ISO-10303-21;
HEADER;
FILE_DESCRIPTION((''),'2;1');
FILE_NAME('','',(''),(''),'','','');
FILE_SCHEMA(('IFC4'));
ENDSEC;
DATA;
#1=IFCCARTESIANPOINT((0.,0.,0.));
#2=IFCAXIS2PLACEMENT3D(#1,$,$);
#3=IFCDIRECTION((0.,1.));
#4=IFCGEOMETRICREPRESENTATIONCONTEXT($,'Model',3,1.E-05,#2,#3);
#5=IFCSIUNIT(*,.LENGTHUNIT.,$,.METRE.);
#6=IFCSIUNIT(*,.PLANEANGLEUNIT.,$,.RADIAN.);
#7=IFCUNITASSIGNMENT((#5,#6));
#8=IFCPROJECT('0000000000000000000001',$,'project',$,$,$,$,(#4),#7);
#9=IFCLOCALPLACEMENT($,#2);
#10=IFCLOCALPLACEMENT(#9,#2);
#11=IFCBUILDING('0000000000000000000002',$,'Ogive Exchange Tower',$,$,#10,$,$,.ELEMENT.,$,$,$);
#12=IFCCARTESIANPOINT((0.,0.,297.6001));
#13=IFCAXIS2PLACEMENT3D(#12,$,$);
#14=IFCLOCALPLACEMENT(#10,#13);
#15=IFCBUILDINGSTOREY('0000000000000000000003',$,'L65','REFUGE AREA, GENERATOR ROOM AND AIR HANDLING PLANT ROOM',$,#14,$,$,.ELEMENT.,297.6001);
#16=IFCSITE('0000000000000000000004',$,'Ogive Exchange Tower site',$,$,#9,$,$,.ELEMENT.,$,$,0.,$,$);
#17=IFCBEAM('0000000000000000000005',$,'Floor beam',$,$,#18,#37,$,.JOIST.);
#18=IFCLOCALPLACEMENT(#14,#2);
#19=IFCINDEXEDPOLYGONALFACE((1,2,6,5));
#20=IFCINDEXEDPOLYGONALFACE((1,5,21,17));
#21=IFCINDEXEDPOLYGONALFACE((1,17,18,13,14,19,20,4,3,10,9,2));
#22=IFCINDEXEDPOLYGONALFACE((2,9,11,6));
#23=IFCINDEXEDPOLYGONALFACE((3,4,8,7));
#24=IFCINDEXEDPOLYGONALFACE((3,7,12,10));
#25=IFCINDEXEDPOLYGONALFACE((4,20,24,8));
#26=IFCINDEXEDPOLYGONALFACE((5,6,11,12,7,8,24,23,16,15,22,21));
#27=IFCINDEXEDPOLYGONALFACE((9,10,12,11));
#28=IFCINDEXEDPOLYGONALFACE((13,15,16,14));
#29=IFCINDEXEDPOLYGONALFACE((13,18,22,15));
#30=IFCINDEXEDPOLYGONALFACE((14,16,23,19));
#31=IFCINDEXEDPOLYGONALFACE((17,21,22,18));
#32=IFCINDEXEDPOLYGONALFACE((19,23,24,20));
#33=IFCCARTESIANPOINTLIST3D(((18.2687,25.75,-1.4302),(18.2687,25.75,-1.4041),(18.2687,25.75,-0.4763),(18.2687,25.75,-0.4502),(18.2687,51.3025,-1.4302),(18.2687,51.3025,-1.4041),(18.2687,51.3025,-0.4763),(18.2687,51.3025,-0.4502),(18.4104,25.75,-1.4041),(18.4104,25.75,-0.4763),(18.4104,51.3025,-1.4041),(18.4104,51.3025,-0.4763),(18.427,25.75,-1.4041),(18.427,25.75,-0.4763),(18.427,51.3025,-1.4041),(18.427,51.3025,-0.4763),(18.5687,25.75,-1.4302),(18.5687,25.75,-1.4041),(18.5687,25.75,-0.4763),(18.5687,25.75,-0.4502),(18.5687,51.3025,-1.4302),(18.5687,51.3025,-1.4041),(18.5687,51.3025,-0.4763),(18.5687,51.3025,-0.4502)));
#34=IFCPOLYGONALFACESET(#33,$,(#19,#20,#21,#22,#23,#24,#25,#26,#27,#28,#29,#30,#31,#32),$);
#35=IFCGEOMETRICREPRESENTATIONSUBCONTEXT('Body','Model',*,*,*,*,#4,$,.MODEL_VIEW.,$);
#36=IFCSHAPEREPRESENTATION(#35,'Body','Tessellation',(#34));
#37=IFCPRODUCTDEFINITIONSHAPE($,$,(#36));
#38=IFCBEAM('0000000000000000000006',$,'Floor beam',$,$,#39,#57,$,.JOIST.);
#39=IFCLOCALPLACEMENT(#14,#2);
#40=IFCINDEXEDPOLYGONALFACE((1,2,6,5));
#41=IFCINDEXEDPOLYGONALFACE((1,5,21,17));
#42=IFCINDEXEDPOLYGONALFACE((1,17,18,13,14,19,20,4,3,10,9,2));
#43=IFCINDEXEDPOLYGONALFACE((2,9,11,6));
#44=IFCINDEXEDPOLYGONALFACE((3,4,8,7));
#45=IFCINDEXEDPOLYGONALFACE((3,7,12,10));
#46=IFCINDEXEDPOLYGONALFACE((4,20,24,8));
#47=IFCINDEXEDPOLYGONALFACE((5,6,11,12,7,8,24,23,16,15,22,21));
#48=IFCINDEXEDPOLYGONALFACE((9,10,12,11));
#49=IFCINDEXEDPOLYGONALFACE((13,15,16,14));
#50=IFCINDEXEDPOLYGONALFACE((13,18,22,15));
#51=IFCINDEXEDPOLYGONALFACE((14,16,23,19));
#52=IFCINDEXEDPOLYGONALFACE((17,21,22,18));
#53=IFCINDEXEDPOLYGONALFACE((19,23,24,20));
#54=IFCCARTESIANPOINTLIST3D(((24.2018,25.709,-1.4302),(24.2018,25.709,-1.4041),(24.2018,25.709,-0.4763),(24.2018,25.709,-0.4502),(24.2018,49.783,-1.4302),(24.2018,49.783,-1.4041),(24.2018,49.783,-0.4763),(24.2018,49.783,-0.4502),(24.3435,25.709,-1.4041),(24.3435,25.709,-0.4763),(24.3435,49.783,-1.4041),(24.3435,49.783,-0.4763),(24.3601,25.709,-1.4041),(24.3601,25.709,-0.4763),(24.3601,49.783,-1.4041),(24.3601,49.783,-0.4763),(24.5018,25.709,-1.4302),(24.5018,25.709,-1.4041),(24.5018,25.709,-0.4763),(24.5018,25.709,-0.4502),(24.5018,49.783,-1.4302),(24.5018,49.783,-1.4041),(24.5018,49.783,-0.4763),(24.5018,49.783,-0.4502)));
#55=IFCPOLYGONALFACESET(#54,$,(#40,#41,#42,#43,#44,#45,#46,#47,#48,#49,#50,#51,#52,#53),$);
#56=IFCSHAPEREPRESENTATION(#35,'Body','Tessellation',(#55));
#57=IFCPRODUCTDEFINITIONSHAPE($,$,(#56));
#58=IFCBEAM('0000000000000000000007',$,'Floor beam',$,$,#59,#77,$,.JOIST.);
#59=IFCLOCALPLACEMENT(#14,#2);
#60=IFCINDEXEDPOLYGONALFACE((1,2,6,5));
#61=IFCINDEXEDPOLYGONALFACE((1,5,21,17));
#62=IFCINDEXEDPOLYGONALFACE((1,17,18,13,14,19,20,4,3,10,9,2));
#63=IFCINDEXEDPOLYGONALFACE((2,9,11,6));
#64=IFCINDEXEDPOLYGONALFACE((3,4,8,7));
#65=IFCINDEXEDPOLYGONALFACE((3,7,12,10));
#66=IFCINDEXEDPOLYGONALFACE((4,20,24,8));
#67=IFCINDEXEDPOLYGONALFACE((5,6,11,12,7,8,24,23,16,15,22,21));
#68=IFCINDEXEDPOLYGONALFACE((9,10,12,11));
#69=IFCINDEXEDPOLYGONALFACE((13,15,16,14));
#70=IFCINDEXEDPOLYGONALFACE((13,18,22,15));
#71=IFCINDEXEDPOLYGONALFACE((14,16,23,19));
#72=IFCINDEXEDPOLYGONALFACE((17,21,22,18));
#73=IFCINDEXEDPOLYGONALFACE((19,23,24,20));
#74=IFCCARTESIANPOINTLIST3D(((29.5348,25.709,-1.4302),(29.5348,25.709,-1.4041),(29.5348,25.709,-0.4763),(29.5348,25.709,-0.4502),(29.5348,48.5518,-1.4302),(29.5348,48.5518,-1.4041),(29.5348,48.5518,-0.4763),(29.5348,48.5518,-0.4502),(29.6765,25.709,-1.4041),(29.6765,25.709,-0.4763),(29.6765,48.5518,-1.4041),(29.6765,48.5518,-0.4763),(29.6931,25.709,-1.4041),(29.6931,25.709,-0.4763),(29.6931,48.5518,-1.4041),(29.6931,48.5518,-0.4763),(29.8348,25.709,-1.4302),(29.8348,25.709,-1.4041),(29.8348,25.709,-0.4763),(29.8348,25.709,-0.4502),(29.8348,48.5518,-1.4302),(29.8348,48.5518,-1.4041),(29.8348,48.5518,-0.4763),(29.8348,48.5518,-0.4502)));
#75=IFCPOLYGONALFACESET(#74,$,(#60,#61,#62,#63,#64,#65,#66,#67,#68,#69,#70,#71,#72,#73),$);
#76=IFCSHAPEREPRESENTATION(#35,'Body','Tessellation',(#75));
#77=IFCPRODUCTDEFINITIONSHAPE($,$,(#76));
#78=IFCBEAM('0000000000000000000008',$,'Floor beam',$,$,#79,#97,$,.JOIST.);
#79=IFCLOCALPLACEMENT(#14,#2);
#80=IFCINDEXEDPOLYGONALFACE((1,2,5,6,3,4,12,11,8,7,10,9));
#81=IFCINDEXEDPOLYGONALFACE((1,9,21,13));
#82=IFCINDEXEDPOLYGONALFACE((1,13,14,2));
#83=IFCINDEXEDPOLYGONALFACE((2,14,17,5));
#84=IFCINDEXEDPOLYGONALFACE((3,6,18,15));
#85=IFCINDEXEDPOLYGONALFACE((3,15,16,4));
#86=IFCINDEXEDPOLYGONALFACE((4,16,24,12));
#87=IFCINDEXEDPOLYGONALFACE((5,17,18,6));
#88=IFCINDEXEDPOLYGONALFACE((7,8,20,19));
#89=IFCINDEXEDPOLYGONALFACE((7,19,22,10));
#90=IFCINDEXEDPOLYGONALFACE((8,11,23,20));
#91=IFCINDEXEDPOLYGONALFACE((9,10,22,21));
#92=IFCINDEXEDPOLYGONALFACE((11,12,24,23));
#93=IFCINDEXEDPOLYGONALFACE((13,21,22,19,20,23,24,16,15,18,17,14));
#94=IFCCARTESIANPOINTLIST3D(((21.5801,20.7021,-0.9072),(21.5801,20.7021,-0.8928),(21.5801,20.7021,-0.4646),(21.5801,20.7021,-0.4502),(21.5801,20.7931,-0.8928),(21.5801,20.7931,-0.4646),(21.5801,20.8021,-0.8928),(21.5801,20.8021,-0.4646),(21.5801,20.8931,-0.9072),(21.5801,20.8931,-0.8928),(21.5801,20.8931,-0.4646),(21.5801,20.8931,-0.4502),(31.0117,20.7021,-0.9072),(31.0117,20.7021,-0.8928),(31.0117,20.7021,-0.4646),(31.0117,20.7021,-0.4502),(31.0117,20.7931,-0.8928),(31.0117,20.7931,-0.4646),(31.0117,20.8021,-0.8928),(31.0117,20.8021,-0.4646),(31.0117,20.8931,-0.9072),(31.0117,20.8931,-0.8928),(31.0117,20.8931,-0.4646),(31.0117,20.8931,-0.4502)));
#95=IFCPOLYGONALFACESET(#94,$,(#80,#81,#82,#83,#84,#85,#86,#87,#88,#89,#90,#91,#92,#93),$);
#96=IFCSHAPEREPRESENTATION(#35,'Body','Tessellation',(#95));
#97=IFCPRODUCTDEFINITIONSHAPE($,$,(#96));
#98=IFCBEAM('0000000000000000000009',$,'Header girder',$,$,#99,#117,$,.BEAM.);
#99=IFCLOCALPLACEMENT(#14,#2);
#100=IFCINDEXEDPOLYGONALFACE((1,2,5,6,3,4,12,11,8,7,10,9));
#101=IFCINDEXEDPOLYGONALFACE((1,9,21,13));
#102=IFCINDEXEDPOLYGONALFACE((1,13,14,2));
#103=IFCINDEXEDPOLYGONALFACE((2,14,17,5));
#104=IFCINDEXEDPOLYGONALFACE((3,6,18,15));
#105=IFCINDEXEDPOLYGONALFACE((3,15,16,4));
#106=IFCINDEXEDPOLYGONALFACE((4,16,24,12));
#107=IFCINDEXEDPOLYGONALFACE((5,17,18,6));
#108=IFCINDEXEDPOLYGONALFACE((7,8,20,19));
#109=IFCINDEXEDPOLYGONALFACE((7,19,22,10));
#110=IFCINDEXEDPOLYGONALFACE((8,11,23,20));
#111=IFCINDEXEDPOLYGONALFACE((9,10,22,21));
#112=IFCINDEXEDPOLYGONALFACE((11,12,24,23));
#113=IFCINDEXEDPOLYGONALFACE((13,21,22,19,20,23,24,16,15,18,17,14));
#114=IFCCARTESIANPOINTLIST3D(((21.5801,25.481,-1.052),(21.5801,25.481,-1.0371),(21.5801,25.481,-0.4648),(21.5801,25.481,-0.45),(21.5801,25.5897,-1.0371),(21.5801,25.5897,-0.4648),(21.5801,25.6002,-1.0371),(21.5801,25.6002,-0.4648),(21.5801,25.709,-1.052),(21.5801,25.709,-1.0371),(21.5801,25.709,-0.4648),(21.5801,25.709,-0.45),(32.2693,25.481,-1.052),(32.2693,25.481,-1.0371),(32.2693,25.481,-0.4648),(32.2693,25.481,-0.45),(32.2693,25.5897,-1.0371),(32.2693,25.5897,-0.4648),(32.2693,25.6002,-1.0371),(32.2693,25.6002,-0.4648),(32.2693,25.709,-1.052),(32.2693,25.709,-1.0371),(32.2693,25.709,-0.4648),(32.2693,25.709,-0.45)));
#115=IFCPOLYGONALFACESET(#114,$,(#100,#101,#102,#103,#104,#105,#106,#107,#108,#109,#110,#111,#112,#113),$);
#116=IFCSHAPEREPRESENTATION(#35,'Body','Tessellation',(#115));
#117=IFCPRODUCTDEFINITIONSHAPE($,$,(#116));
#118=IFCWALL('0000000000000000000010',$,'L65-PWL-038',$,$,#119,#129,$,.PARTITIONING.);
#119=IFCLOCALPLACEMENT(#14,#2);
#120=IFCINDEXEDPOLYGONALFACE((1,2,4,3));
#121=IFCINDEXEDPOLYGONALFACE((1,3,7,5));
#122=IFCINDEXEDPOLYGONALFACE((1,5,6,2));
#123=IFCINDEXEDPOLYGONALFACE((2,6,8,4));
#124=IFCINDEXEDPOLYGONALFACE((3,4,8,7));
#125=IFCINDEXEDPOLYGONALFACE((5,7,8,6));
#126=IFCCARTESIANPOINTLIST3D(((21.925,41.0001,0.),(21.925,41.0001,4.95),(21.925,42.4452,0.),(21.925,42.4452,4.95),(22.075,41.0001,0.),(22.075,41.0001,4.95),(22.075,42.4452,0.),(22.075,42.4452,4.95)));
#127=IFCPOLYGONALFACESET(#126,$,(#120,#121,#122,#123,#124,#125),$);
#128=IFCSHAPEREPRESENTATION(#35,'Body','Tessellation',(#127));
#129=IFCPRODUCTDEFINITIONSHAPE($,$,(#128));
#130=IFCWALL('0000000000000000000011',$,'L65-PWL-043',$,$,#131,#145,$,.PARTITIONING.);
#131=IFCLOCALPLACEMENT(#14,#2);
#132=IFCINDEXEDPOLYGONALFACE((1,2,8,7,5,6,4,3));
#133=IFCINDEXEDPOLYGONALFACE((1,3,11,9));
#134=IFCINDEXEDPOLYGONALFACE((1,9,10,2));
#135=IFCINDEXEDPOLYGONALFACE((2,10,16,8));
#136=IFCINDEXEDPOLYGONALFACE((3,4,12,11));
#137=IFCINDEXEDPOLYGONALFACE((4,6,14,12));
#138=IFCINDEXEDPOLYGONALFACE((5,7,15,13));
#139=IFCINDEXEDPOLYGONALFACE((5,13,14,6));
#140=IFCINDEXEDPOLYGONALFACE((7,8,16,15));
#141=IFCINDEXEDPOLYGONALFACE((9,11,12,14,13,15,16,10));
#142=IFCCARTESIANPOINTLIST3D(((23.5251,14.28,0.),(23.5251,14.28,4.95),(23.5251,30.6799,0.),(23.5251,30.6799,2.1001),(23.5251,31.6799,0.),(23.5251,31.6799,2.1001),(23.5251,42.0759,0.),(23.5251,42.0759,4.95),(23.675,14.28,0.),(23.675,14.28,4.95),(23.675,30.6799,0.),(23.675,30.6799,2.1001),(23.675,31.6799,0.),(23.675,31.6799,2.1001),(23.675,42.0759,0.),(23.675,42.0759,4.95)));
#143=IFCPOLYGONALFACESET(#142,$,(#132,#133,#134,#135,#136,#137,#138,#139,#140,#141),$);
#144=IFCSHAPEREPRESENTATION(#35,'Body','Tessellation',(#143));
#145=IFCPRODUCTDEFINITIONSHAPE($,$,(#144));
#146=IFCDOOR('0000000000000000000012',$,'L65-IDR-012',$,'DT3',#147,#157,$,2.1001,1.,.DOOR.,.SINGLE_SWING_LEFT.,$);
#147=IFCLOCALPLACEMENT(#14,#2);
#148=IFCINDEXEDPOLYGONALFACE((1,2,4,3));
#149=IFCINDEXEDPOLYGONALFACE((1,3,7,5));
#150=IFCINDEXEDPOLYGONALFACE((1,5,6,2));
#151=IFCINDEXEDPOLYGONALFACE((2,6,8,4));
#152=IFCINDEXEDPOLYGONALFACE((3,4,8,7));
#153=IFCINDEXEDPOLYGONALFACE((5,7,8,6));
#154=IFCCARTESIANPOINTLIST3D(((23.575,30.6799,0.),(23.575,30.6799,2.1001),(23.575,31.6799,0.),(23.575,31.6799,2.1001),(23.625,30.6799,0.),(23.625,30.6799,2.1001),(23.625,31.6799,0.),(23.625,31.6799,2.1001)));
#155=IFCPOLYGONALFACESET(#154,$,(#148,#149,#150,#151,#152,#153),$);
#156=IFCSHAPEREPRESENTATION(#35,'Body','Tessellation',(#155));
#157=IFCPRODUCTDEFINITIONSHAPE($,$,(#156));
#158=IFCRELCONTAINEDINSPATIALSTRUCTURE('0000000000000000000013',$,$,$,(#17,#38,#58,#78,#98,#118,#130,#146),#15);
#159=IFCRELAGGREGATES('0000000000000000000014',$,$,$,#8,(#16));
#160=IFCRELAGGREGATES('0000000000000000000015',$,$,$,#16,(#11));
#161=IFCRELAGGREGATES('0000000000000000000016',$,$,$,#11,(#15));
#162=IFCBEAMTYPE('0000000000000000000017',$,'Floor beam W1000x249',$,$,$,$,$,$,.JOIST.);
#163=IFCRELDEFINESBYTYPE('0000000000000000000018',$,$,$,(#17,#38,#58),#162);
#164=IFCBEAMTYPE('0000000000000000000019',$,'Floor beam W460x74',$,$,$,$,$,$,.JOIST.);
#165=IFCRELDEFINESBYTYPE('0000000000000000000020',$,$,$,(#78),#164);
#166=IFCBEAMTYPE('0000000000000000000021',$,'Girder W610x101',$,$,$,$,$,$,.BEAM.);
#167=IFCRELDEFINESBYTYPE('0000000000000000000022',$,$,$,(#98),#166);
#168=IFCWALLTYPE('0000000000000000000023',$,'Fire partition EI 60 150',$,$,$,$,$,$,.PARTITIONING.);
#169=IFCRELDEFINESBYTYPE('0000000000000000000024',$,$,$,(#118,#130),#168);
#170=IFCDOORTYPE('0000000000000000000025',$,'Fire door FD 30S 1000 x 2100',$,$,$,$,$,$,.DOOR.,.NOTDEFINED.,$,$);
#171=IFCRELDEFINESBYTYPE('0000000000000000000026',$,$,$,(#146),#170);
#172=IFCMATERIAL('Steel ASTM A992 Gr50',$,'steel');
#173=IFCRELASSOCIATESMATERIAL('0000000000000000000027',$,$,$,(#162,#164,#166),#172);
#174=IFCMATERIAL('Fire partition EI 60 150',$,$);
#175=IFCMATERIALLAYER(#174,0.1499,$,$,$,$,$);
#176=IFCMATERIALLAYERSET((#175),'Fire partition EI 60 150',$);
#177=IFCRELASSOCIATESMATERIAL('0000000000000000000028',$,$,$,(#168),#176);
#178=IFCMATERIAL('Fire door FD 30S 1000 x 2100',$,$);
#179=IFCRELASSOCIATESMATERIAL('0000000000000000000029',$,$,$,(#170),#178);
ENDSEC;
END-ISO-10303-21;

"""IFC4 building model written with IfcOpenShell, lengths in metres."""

from ifc_helpers import new_model, si_unit, direction, frame, frame_2d, origin, origin_2d, place, context, subcontext, project, spatial, rectangle, i_section, extrude, material, layer, layer_set, material_profile, profile_set, type_object, element, fill, save


model = new_model("IFC4")

# Units and contexts
model_context = context("Model", 3, precision=1e-05, world=origin(), true_north=direction((0.0, 1.0)))
body_context = subcontext(model_context, "Body", "Model", "MODEL_VIEW")
ifc_project = project(units=[si_unit("LENGTHUNIT", "METRE"), si_unit("PLANEANGLEUNIT", "RADIAN")], contexts=[model_context])

# Site, building, storey
site_placement = place(None, origin())
site = spatial("IfcSite", under=ifc_project, at=site_placement, Name="Ogive Exchange Tower site", CompositionType="ELEMENT", RefElevation=0.0)
building_placement = place(site_placement, origin())
building = spatial("IfcBuilding", under=site, at=building_placement, Name="Ogive Exchange Tower", CompositionType="ELEMENT")
storey_placement = place(building_placement, frame((0.0, 0.0, 297.6001)))
storey = spatial("IfcBuildingStorey", under=building, at=storey_placement, Name="L65", Description="REFUGE AREA, GENERATOR ROOM AND AIR HANDLING PLANT ROOM", CompositionType="ELEMENT", Elevation=297.6001)

# Beams
ifc_material_1 = material(Name="Steel ASTM A992 Gr50", Category="steel")
ifc_material_profile_1 = material_profile(ifc_material_1, i_section(OverallWidth=0.3, OverallDepth=0.98, WebThickness=0.0166, FlangeThickness=0.0261, at=origin_2d()), Name="W1000x249")
ifc_profile_set_1 = profile_set([ifc_material_profile_1], Name="Steel ASTM A992 Gr50")
beam_type_1 = type_object("IfcBeamType", Name="Floor beam W1000x249", PredefinedType="JOIST", material=ifc_profile_set_1)
beam_1_placement = place(storey_placement, frame((18.4187, 25.75, -0.9402), z_axis=(0.0, 1.0, 0.0), x_axis=(-1.0, 0.0, 0.0)))
element("IfcBeam", 1, at=beam_1_placement, inside=storey, type_object=beam_type_1, Name="Floor beam", PredefinedType="JOIST", context=body_context, shape_type="SweptSolid", body=[
    extrude(i_section(OverallWidth=0.3, OverallDepth=0.98, WebThickness=0.0166, FlangeThickness=0.0261, at=origin_2d()), origin(), (0.0, 0.0, 1.0), 25.5525),
])
beam_2_placement = place(storey_placement, frame((24.3518, 25.709, -0.9402), z_axis=(0.0, 1.0, 0.0), x_axis=(-1.0, 0.0, 0.0)))
element("IfcBeam", 2, at=beam_2_placement, inside=storey, type_object=beam_type_1, Name="Floor beam", PredefinedType="JOIST", context=body_context, shape_type="SweptSolid", body=[
    extrude(i_section(OverallWidth=0.3, OverallDepth=0.98, WebThickness=0.0166, FlangeThickness=0.0261, at=origin_2d()), origin(), (0.0, 0.0, 1.0), 24.074),
])
beam_3_placement = place(storey_placement, frame((29.6848, 25.709, -0.9402), z_axis=(0.0, 1.0, 0.0), x_axis=(-1.0, 0.0, 0.0)))
element("IfcBeam", 3, at=beam_3_placement, inside=storey, type_object=beam_type_1, Name="Floor beam", PredefinedType="JOIST", context=body_context, shape_type="SweptSolid", body=[
    extrude(i_section(OverallWidth=0.3, OverallDepth=0.98, WebThickness=0.0166, FlangeThickness=0.0261, at=origin_2d()), origin(), (0.0, 0.0, 1.0), 22.8428),
])
ifc_material_profile_2 = material_profile(ifc_material_1, i_section(OverallWidth=0.1909, OverallDepth=0.457, WebThickness=0.009, FlangeThickness=0.0144, at=origin_2d()), Name="W460x74")
ifc_profile_set_2 = profile_set([ifc_material_profile_2], Name="Steel ASTM A992 Gr50")
beam_type_2 = type_object("IfcBeamType", Name="Floor beam W460x74", PredefinedType="JOIST", material=ifc_profile_set_2)
beam_4_placement = place(storey_placement, frame((21.5801, 20.7976, -0.6787), z_axis=(1.0, 0.0, 0.0), x_axis=(0.0, 1.0, 0.0)))
element("IfcBeam", 4, at=beam_4_placement, inside=storey, type_object=beam_type_2, Name="Floor beam", PredefinedType="JOIST", context=body_context, shape_type="SweptSolid", body=[
    extrude(i_section(OverallWidth=0.1909, OverallDepth=0.457, WebThickness=0.009, FlangeThickness=0.0144, at=origin_2d()), origin(), (0.0, 0.0, 1.0), 9.4316),
])
ifc_material_profile_3 = material_profile(ifc_material_1, i_section(OverallWidth=0.228, OverallDepth=0.6021, WebThickness=0.0105, FlangeThickness=0.0149, at=origin_2d()), Name="W610x101")
ifc_profile_set_3 = profile_set([ifc_material_profile_3], Name="Steel ASTM A992 Gr50")
beam_type_3 = type_object("IfcBeamType", Name="Girder W610x101", PredefinedType="BEAM", material=ifc_profile_set_3)
beam_5_placement = place(storey_placement, frame((21.5801, 25.595, -0.751), z_axis=(1.0, 0.0, 0.0), x_axis=(0.0, 1.0, 0.0)))
element("IfcBeam", 5, at=beam_5_placement, inside=storey, type_object=beam_type_3, Name="Header girder", PredefinedType="BEAM", context=body_context, shape_type="SweptSolid", body=[
    extrude(i_section(OverallWidth=0.228, OverallDepth=0.6021, WebThickness=0.0105, FlangeThickness=0.0149, at=origin_2d()), origin(), (0.0, 0.0, 1.0), 10.6892),
])

# Wall
ifc_material_2 = material(Name="Fire partition EI 60 150")
ifc_layer_1 = layer(ifc_material_2, 0.1499)
ifc_layer_set_1 = layer_set([ifc_layer_1], Name="Fire partition EI 60 150")
wall_type_1 = type_object("IfcWallType", Name="Fire partition EI 60 150", PredefinedType="PARTITIONING", material=ifc_layer_set_1)
wall_1_placement = place(storey_placement, frame((22.0, 41.0, 0.0), z_axis=(0.0, 0.0, 1.0), x_axis=(0.0, 1.0, 0.0)))
element("IfcWall", 6, at=wall_1_placement, inside=storey, type_object=wall_type_1, Name="L65-PWL-038", PredefinedType="PARTITIONING", context=body_context, shape_type="SweptSolid", body=[
    extrude(rectangle(XDim=1.4451, YDim=0.1499, at=frame_2d((0.7227, 0.0))), origin(), (0.0, 0.0, 1.0), 4.95),
])

# Wall, opening, door
wall_2_placement = place(storey_placement, frame((23.6001, 42.0759, 0.0), z_axis=(0.0, 0.0, 1.0), x_axis=(0.0, -1.0, 0.0)))
wall_2 = element("IfcWall", 7, at=wall_2_placement, inside=storey, type_object=wall_type_1, Name="L65-PWL-043", PredefinedType="PARTITIONING", context=body_context, shape_type="SweptSolid", body=[
    extrude(rectangle(XDim=27.7959, YDim=0.1499, at=frame_2d((13.8979, 0.0))), origin(), (0.0, 0.0, 1.0), 4.95),
])
opening_1_placement = place(wall_2_placement, frame((10.396, 0.0, 0.0)))
opening_1 = element("IfcOpeningElement", 8, at=opening_1_placement, cuts=wall_2, PredefinedType="OPENING", context=body_context, shape_type="SweptSolid", body=[
    extrude(rectangle(XDim=1.0, YDim=2.1001, at=frame_2d((0.5, 1.05))), frame((0.0, 0.085, 0.0), z_axis=(0.0, -1.0, 0.0), x_axis=(1.0, 0.0, 0.0)), (0.0, 0.0, 1.0), 0.1699),
])
ifc_material_3 = material(Name="Fire door FD 30S 1000 x 2100")
door_type = type_object("IfcDoorType", Name="Fire door FD 30S 1000 x 2100", OperationType="NOTDEFINED", PredefinedType="DOOR", material=ifc_material_3)
door_placement = place(opening_1_placement, origin())
door = element("IfcDoor", 9, at=door_placement, inside=storey, type_object=door_type, Name="L65-IDR-012", ObjectType="DT3", OperationType="SINGLE_SWING_LEFT", OverallHeight=2.1001, OverallWidth=1.0, PredefinedType="DOOR", context=body_context, shape_type="SweptSolid", body=[
    extrude(rectangle(XDim=1.0, YDim=2.1001, at=frame_2d((0.5, 1.05))), frame((0.0, 0.0249, 0.0), z_axis=(0.0, -1.0, 0.0), x_axis=(1.0, 0.0, 0.0)), (0.0, 0.0, 1.0), 0.05),
])
fill(opening_1, door)

save(model, "model.ifc")
